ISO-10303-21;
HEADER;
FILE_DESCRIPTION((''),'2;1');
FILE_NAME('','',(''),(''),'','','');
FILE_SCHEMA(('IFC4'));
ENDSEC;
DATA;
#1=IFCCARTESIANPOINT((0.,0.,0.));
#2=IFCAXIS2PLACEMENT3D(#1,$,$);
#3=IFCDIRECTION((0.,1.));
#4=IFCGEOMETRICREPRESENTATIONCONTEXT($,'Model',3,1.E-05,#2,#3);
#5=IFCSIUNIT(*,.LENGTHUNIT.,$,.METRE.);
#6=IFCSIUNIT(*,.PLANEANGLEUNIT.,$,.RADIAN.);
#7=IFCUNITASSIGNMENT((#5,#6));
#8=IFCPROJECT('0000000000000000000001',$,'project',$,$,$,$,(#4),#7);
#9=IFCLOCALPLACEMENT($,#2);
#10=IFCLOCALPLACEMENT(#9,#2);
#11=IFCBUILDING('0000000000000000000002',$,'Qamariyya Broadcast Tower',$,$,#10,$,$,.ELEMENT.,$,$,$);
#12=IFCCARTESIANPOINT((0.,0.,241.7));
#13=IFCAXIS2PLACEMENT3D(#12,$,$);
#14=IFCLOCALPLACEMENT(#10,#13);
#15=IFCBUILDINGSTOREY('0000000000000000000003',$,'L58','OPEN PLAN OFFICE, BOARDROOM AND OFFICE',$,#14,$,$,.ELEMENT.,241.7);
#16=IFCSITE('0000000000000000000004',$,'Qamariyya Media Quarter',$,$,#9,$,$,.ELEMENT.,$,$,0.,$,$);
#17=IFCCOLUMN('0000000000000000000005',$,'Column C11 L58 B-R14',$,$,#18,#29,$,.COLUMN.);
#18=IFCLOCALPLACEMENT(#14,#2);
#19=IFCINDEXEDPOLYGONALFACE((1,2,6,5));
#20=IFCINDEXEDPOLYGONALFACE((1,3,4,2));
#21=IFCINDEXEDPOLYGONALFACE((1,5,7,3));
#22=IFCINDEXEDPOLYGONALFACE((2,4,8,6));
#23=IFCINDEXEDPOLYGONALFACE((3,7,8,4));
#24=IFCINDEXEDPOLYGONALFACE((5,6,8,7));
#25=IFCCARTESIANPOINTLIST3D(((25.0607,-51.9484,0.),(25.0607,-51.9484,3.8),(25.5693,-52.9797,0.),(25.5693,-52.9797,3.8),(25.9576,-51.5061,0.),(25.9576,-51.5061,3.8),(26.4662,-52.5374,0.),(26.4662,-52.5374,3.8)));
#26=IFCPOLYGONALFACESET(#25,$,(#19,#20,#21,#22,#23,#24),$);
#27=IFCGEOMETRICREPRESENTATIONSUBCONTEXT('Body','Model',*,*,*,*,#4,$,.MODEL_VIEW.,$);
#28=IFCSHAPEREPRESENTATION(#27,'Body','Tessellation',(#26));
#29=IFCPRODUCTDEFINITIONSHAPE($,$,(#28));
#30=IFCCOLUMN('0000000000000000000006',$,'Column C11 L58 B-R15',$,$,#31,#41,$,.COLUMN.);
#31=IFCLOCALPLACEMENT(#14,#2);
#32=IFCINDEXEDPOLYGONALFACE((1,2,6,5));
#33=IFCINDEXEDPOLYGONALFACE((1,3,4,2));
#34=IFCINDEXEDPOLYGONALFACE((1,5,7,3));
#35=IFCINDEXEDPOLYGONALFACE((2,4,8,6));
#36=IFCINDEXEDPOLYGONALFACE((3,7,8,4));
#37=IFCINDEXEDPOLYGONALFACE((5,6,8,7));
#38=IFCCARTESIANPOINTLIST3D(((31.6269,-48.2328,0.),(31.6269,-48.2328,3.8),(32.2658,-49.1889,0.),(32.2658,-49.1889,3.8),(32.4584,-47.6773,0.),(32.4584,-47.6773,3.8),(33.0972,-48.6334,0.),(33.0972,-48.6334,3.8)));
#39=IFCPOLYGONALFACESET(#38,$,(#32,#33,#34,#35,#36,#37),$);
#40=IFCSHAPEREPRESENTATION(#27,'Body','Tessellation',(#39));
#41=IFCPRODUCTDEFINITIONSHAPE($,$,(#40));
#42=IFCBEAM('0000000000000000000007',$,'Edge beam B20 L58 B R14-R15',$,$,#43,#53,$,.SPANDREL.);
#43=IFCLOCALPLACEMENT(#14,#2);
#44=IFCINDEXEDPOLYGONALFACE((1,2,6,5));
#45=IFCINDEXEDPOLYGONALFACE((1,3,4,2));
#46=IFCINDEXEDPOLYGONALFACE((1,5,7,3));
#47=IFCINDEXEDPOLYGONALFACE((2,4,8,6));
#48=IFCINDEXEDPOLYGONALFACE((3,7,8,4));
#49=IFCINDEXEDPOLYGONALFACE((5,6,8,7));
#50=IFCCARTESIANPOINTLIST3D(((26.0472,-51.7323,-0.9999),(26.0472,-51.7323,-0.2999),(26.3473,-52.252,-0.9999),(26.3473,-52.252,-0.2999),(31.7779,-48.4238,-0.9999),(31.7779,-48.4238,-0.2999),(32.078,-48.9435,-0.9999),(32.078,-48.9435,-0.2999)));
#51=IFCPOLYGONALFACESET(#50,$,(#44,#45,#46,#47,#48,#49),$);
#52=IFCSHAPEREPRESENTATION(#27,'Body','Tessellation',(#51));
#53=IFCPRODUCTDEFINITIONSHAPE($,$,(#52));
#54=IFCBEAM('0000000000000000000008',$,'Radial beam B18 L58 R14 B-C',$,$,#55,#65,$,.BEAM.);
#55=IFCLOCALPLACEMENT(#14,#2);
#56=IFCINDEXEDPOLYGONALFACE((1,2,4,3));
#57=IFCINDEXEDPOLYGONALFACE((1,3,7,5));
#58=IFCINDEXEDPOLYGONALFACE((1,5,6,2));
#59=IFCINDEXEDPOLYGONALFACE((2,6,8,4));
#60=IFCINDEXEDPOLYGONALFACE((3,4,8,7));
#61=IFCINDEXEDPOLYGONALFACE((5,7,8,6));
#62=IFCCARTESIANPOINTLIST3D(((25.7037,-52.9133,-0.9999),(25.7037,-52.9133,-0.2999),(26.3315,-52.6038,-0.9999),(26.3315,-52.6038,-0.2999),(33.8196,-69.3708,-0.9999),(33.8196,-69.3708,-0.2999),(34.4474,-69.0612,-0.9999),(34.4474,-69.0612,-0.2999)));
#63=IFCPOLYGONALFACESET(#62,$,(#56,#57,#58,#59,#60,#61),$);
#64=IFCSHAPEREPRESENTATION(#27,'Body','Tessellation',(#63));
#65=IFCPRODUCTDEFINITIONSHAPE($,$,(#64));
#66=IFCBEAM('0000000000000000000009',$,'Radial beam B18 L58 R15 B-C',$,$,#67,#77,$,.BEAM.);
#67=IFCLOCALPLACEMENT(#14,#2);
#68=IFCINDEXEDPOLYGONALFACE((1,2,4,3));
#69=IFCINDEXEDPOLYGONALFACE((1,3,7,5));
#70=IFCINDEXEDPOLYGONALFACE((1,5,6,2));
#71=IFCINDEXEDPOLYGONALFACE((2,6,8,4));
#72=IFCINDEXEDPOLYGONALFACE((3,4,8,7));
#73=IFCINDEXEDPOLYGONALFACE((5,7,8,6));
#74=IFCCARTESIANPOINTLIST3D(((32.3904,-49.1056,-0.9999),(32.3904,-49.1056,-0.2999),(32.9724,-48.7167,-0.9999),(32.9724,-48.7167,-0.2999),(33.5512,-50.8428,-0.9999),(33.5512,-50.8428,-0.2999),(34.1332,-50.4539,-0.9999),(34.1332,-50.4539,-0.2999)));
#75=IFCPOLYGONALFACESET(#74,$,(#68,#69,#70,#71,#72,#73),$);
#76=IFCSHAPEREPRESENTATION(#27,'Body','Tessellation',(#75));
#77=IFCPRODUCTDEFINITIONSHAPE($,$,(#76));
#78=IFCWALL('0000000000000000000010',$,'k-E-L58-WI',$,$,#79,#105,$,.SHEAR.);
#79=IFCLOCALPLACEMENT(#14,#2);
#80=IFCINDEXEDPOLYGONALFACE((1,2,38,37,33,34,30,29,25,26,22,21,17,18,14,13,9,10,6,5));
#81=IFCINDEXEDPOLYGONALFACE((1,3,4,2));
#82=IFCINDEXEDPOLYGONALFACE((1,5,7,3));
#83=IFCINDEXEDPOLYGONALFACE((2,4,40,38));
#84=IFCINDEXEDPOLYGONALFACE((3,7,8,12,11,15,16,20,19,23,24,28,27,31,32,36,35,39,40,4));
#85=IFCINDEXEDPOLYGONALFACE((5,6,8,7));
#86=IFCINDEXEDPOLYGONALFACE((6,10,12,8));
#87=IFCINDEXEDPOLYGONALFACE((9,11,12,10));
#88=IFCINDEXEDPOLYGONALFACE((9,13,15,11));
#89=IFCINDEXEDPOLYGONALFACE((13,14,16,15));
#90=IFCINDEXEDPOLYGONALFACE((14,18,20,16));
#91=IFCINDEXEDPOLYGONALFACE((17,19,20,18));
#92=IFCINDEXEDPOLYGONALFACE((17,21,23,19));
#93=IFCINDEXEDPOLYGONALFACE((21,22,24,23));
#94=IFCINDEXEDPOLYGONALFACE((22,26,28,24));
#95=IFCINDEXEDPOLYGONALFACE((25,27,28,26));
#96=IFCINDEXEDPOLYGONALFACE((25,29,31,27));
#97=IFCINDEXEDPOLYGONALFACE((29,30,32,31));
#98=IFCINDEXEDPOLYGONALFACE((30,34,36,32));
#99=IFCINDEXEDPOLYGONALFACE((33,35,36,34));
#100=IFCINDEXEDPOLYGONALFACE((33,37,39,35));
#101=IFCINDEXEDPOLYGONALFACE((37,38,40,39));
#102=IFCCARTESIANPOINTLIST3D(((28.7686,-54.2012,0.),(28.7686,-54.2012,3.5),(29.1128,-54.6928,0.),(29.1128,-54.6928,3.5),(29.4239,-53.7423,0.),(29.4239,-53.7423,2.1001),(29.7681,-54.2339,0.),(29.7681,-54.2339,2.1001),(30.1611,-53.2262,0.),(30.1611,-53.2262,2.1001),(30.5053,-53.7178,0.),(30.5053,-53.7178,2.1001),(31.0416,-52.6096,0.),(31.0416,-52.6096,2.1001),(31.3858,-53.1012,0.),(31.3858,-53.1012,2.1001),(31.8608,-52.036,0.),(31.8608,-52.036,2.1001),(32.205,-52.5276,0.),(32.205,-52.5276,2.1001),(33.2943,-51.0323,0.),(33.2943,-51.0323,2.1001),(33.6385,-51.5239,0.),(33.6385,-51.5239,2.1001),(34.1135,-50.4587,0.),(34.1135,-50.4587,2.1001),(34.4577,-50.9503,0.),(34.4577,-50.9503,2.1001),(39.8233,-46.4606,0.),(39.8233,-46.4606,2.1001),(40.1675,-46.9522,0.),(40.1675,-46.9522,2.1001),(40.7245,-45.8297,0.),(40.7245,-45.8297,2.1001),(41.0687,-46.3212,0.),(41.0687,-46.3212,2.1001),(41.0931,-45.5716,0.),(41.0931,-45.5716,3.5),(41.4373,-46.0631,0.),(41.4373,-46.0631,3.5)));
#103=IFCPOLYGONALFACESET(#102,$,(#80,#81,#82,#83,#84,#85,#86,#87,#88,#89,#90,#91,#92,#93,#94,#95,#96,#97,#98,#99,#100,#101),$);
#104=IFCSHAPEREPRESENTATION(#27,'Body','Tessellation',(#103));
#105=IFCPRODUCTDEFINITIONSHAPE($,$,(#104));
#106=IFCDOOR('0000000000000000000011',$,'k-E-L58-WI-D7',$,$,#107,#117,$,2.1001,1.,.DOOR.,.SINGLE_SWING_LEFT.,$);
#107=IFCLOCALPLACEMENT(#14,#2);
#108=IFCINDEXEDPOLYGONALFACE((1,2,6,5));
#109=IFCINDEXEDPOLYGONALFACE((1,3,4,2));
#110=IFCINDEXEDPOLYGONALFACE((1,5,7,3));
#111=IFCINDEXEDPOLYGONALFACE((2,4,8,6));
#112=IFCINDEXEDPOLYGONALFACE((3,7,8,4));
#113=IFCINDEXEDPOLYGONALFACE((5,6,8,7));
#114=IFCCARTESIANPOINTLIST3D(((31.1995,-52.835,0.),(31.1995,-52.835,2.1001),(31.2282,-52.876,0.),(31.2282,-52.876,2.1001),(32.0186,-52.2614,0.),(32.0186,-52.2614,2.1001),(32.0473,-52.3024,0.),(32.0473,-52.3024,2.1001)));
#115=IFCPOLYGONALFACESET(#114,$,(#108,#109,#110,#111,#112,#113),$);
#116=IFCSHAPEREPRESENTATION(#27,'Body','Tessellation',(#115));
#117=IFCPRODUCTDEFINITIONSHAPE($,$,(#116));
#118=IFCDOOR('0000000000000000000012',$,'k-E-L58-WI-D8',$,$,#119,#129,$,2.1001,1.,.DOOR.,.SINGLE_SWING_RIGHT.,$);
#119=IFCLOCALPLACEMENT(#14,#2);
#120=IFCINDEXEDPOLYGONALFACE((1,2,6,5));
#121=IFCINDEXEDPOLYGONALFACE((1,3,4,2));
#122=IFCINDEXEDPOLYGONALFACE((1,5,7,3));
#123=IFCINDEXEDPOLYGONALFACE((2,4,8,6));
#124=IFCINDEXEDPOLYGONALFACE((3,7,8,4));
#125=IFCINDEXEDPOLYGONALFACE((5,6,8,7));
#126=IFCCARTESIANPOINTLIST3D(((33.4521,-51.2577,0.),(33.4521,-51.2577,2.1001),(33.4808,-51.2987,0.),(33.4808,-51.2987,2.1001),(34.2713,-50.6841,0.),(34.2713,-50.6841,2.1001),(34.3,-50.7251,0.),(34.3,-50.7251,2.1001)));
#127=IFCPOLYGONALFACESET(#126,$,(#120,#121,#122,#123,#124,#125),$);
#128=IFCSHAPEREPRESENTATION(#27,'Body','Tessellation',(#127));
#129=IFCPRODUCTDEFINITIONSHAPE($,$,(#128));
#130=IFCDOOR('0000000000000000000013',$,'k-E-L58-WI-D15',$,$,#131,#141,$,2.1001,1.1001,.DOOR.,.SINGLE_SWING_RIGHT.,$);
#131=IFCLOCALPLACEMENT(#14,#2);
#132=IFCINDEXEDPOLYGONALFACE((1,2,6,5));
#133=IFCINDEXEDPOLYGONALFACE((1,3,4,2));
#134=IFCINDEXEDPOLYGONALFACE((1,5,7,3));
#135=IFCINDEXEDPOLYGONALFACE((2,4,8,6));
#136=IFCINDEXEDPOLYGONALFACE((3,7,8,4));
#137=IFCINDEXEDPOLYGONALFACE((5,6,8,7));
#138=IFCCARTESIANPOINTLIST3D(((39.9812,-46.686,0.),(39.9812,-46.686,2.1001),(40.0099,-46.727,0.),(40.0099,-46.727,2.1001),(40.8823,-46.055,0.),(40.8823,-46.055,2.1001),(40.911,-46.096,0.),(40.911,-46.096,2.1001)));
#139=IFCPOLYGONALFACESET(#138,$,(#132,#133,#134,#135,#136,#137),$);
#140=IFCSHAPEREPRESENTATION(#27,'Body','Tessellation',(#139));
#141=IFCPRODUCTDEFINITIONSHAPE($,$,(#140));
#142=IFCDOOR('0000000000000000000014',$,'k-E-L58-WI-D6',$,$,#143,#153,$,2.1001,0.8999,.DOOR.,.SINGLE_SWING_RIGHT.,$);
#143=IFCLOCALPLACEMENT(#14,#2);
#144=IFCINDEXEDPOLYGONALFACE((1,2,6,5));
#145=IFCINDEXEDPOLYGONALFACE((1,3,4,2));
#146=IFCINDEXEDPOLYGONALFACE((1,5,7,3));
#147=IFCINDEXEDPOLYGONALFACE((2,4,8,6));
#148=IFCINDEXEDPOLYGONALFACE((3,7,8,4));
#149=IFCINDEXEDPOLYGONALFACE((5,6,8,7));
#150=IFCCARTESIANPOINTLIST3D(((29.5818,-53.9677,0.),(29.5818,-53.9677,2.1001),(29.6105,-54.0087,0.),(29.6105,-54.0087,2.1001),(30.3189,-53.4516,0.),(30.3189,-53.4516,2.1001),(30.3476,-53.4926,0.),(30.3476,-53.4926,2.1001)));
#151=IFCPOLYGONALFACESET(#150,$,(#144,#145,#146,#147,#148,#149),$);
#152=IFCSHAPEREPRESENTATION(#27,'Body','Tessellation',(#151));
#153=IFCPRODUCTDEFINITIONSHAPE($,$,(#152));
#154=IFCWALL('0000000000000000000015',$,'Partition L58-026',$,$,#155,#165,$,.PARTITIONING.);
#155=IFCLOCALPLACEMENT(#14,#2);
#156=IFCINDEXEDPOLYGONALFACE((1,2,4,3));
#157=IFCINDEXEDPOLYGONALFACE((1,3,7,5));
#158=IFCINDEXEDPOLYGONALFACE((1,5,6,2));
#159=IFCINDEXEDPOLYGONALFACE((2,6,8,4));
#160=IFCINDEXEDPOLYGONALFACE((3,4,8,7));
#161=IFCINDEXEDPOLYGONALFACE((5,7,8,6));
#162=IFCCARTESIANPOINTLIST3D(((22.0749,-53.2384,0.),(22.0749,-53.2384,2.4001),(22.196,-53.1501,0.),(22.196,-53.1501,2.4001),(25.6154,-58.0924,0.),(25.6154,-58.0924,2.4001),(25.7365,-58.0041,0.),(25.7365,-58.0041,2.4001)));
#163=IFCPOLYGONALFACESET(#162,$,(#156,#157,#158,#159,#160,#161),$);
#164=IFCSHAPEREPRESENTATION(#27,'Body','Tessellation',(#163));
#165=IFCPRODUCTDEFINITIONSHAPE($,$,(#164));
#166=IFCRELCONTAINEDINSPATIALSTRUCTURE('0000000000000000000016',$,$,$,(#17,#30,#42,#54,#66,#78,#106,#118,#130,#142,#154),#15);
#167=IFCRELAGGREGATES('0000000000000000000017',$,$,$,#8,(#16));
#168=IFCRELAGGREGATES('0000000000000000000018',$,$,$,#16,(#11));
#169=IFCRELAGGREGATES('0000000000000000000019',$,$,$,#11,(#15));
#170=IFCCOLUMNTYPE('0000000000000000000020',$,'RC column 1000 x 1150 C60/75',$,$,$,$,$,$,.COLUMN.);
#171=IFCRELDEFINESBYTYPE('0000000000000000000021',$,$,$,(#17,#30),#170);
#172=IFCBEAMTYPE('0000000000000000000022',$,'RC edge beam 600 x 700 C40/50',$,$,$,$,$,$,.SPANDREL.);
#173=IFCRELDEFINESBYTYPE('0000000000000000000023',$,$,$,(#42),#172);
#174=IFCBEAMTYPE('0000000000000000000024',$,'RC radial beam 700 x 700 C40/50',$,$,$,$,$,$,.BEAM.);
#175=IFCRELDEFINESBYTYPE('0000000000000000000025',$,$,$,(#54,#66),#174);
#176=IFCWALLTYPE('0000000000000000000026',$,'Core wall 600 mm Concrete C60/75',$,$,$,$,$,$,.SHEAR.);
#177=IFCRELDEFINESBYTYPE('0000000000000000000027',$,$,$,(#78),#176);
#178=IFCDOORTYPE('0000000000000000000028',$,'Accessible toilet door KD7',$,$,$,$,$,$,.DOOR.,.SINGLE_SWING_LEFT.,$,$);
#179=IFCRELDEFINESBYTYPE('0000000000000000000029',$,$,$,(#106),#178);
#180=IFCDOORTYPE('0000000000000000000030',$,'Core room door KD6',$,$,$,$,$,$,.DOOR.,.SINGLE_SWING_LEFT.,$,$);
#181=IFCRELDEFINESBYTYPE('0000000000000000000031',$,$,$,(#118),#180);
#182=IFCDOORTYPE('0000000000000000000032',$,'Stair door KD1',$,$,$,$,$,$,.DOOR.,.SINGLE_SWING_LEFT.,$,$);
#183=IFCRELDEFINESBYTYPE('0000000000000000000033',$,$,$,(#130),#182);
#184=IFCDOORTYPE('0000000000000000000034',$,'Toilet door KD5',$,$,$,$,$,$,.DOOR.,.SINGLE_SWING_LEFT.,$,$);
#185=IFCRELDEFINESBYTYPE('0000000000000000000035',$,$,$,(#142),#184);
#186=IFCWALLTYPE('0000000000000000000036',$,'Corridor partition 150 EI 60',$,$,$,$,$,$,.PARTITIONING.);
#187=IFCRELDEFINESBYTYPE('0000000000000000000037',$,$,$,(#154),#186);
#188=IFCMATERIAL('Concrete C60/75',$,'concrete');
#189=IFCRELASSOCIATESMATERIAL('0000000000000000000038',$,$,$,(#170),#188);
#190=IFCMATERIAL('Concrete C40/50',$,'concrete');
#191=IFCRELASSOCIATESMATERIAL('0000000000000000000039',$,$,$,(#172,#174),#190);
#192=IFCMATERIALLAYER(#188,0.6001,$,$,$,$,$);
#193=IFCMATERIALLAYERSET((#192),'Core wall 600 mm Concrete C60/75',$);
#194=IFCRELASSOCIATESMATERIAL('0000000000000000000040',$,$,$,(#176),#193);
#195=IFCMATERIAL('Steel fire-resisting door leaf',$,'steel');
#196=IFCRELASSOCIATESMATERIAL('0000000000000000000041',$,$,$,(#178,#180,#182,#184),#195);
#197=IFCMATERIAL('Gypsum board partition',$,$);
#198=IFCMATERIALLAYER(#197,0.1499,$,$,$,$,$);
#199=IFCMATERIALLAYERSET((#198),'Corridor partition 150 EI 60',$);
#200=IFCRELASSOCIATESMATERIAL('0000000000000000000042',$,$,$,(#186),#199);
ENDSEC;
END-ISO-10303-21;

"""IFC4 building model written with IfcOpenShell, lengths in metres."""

from ifc_helpers import new_model, si_unit, direction, frame, frame_2d, origin, origin_2d, place, context, subcontext, project, spatial, rectangle, extrude, material, layer, layer_set, material_profile, profile_set, type_object, element, fill, save


model = new_model("IFC4")

# Units and contexts
model_context = context("Model", 3, precision=1e-05, world=origin(), true_north=direction((0.0, 1.0)))
body_context = subcontext(model_context, "Body", "Model", "MODEL_VIEW")
ifc_project = project(units=[si_unit("LENGTHUNIT", "METRE"), si_unit("PLANEANGLEUNIT", "RADIAN")], contexts=[model_context])

# Site, building, storey
site_placement = place(None, origin())
site = spatial("IfcSite", under=ifc_project, at=site_placement, Name="Qamariyya Media Quarter", CompositionType="ELEMENT", RefElevation=0.0)
building_placement = place(site_placement, origin())
building = spatial("IfcBuilding", under=site, at=building_placement, Name="Qamariyya Broadcast Tower", CompositionType="ELEMENT")
storey_placement = place(building_placement, frame((0.0, 0.0, 241.7)))
storey = spatial("IfcBuildingStorey", under=building, at=storey_placement, Name="L58", Description="OPEN PLAN OFFICE, BOARDROOM AND OFFICE", CompositionType="ELEMENT", Elevation=241.7)

# Columns
ifc_material_1 = material(Name="Concrete C60/75", Category="concrete")
ifc_material_profile_1 = material_profile(ifc_material_1, rectangle(XDim=1.0, YDim=1.1499, at=origin_2d()))
ifc_profile_set_1 = profile_set([ifc_material_profile_1], Name="Concrete C60/75")
column_type = type_object("IfcColumnType", Name="RC column 1000 x 1150 C60/75", PredefinedType="COLUMN", material=ifc_profile_set_1)
for number, where, z_axis, x_axis, name in (
    (1, (25.7634, -52.2429, 0.0), (0.0, 0.0, 1.0), (0.896873, 0.442289, 0.0), "Column C11 L58 B-R14"),
    (2, (32.3621, -48.4331, 0.0), (0.0, 0.0, 1.0), (0.83147, 0.55557, 0.0), "Column C11 L58 B-R15"),
):
    element("IfcColumn", number, at=place(storey_placement, frame(where, z_axis=z_axis, x_axis=x_axis)), inside=storey, type_object=column_type, Name=name, PredefinedType="COLUMN", context=body_context, shape_type="SweptSolid", body=[
        extrude(rectangle(XDim=1.0, YDim=1.1499, at=origin_2d()), origin(), (0.0, 0.0, 1.0), 3.8),
    ])

# Beams
ifc_material_2 = material(Name="Concrete C40/50", Category="concrete")
ifc_material_profile_2 = material_profile(ifc_material_2, rectangle(XDim=0.6001, YDim=0.7, at=origin_2d()))
ifc_profile_set_2 = profile_set([ifc_material_profile_2], Name="Concrete C40/50")
beam_type_1 = type_object("IfcBeamType", Name="RC edge beam 600 x 700 C40/50", PredefinedType="SPANDREL", material=ifc_profile_set_2)
beam_1_placement = place(storey_placement, frame((26.1973, -51.9922, -0.6499), z_axis=(0.866028, 0.499996, 0.0), x_axis=(-0.499996, 0.866028, 0.0)))
element("IfcBeam", 3, at=beam_1_placement, inside=storey, type_object=beam_type_1, Name="Edge beam B20 L58 B R14-R15", PredefinedType="SPANDREL", context=body_context, shape_type="SweptSolid", body=[
    extrude(rectangle(XDim=0.6001, YDim=0.7, at=origin_2d()), origin(), (0.0, 0.0, 1.0), 6.6172),
])
ifc_material_profile_3 = material_profile(ifc_material_2, rectangle(XDim=0.7, YDim=0.7, at=origin_2d()))
ifc_profile_set_3 = profile_set([ifc_material_profile_3], Name="Concrete C40/50")
beam_type_2 = type_object("IfcBeamType", Name="RC radial beam 700 x 700 C40/50", PredefinedType="BEAM", material=ifc_profile_set_3)
beam_2_placement = place(storey_placement, frame((26.0176, -52.7585, -0.6499), z_axis=(0.442289, -0.896872, 0.0), x_axis=(0.896872, 0.442289, 0.0)))
element("IfcBeam", 4, at=beam_2_placement, inside=storey, type_object=beam_type_2, Name="Radial beam B18 L58 R14 B-C", PredefinedType="BEAM", context=body_context, shape_type="SweptSolid", body=[
    extrude(rectangle(XDim=0.7, YDim=0.7, at=origin_2d()), origin(), (0.0, 0.0, 1.0), 18.3499),
])
beam_3_placement = place(storey_placement, frame((32.6814, -48.9111, -0.6499), z_axis=(0.55559, -0.831457, 0.0), x_axis=(0.831457, 0.55559, 0.0)))
element("IfcBeam", 5, at=beam_3_placement, inside=storey, type_object=beam_type_2, Name="Radial beam B18 L58 R15 B-C", PredefinedType="BEAM", context=body_context, shape_type="SweptSolid", body=[
    extrude(rectangle(XDim=0.7, YDim=0.7, at=origin_2d()), origin(), (0.0, 0.0, 1.0), 2.0894),
])

# Wall, openings, doors
ifc_layer_1 = layer(ifc_material_1, 0.6001)
ifc_layer_set_1 = layer_set([ifc_layer_1], Name="Core wall 600 mm Concrete C60/75")
wall_type_1 = type_object("IfcWallType", Name="Core wall 600 mm Concrete C60/75", PredefinedType="SHEAR", material=ifc_layer_set_1)
wall_1_placement = place(storey_placement, frame((28.9407, -54.447, 0.0), z_axis=(0.0, 0.0, 1.0), x_axis=(0.819153, 0.573575, 0.0)))
wall_1 = element("IfcWall", 6, at=wall_1_placement, inside=storey, type_object=wall_type_1, Name="k-E-L58-WI", PredefinedType="SHEAR", context=body_context, shape_type="SweptSolid", body=[
    extrude(rectangle(XDim=15.0454, YDim=0.6001, at=frame_2d((7.5227, 0.0))), origin(), (0.0, 0.0, 1.0), 3.5),
])
opening_1_placement = place(wall_1_placement, frame((0.8, 0.0, 0.0)))
opening_1 = element("IfcOpeningElement", 7, at=opening_1_placement, cuts=wall_1, PredefinedType="OPENING", context=body_context, shape_type="SweptSolid", body=[
    extrude(rectangle(XDim=0.8999, YDim=2.1001, at=frame_2d((0.45, 1.05))), frame((0.0, 0.3101, 0.0), z_axis=(0.0, -1.0, 0.0), x_axis=(1.0, 0.0, 0.0)), (0.0, 0.0, 1.0), 0.6201),
])
opening_2_placement = place(wall_1_placement, frame((2.7749, 0.0, 0.0)))
opening_2 = element("IfcOpeningElement", 8, at=opening_2_placement, cuts=wall_1, PredefinedType="OPENING", context=body_context, shape_type="SweptSolid", body=[
    extrude(rectangle(XDim=1.0, YDim=2.1001, at=frame_2d((0.5, 1.05))), frame((0.0, 0.3101, 0.0), z_axis=(0.0, -1.0, 0.0), x_axis=(1.0, 0.0, 0.0)), (0.0, 0.0, 1.0), 0.6201),
])
opening_3_placement = place(wall_1_placement, frame((5.5249, 0.0, 0.0)))
opening_3 = element("IfcOpeningElement", 9, at=opening_3_placement, cuts=wall_1, PredefinedType="OPENING", context=body_context, shape_type="SweptSolid", body=[
    extrude(rectangle(XDim=1.0, YDim=2.1001, at=frame_2d((0.5, 1.05))), frame((0.0, 0.3101, 0.0), z_axis=(0.0, -1.0, 0.0), x_axis=(1.0, 0.0, 0.0)), (0.0, 0.0, 1.0), 0.6201),
])
opening_4_placement = place(wall_1_placement, frame((13.4954, 0.0, 0.0)))
opening_4 = element("IfcOpeningElement", 10, at=opening_4_placement, cuts=wall_1, PredefinedType="OPENING", context=body_context, shape_type="SweptSolid", body=[
    extrude(rectangle(XDim=1.1001, YDim=2.1001, at=frame_2d((0.55, 1.05))), frame((0.0, 0.3101, 0.0), z_axis=(0.0, -1.0, 0.0), x_axis=(1.0, 0.0, 0.0)), (0.0, 0.0, 1.0), 0.6201),
])
ifc_material_3 = material(Name="Steel fire-resisting door leaf", Category="steel")
door_type_1 = type_object("IfcDoorType", Name="Accessible toilet door KD7", OperationType="SINGLE_SWING_LEFT", PredefinedType="DOOR", material=ifc_material_3)
door_1_placement = place(opening_2_placement, origin())
door_1 = element("IfcDoor", 11, at=door_1_placement, inside=storey, type_object=door_type_1, Name="k-E-L58-WI-D7", OperationType="SINGLE_SWING_LEFT", OverallHeight=2.1001, OverallWidth=1.0, PredefinedType="DOOR", context=body_context, shape_type="SweptSolid", body=[
    extrude(rectangle(XDim=1.0, YDim=2.1001, at=frame_2d((0.5, 1.05))), frame((0.0, 0.0249, 0.0), z_axis=(0.0, -1.0, 0.0), x_axis=(1.0, 0.0, 0.0)), (0.0, 0.0, 1.0), 0.05),
])
fill(opening_2, door_1)
door_type_2 = type_object("IfcDoorType", Name="Core room door KD6", OperationType="SINGLE_SWING_LEFT", PredefinedType="DOOR", material=ifc_material_3)
door_2_placement = place(opening_3_placement, origin())
door_2 = element("IfcDoor", 12, at=door_2_placement, inside=storey, type_object=door_type_2, Name="k-E-L58-WI-D8", OperationType="SINGLE_SWING_RIGHT", OverallHeight=2.1001, OverallWidth=1.0, PredefinedType="DOOR", context=body_context, shape_type="SweptSolid", body=[
    extrude(rectangle(XDim=1.0, YDim=2.1001, at=frame_2d((0.5, 1.05))), frame((0.0, 0.0249, 0.0), z_axis=(0.0, -1.0, 0.0), x_axis=(1.0, 0.0, 0.0)), (0.0, 0.0, 1.0), 0.05),
])
fill(opening_3, door_2)
door_type_3 = type_object("IfcDoorType", Name="Stair door KD1", OperationType="SINGLE_SWING_LEFT", PredefinedType="DOOR", material=ifc_material_3)
door_3_placement = place(opening_4_placement, origin())
door_3 = element("IfcDoor", 13, at=door_3_placement, inside=storey, type_object=door_type_3, Name="k-E-L58-WI-D15", OperationType="SINGLE_SWING_RIGHT", OverallHeight=2.1001, OverallWidth=1.1001, PredefinedType="DOOR", context=body_context, shape_type="SweptSolid", body=[
    extrude(rectangle(XDim=1.1001, YDim=2.1001, at=frame_2d((0.55, 1.05))), frame((0.0, 0.0249, 0.0), z_axis=(0.0, -1.0, 0.0), x_axis=(1.0, 0.0, 0.0)), (0.0, 0.0, 1.0), 0.05),
])
fill(opening_4, door_3)
door_type_4 = type_object("IfcDoorType", Name="Toilet door KD5", OperationType="SINGLE_SWING_LEFT", PredefinedType="DOOR", material=ifc_material_3)
door_4_placement = place(opening_1_placement, origin())
door_4 = element("IfcDoor", 14, at=door_4_placement, inside=storey, type_object=door_type_4, Name="k-E-L58-WI-D6", OperationType="SINGLE_SWING_RIGHT", OverallHeight=2.1001, OverallWidth=0.8999, PredefinedType="DOOR", context=body_context, shape_type="SweptSolid", body=[
    extrude(rectangle(XDim=0.8999, YDim=2.1001, at=frame_2d((0.45, 1.05))), frame((0.0, 0.0249, 0.0), z_axis=(0.0, -1.0, 0.0), x_axis=(1.0, 0.0, 0.0)), (0.0, 0.0, 1.0), 0.05),
])
fill(opening_1, door_4)

# Wall
ifc_material_4 = material(Name="Gypsum board partition")
ifc_layer_2 = layer(ifc_material_4, 0.1499)
ifc_layer_set_2 = layer_set([ifc_layer_2], Name="Corridor partition 150 EI 60")
wall_type_2 = type_object("IfcWallType", Name="Corridor partition 150 EI 60", PredefinedType="PARTITIONING", material=ifc_layer_set_2)
wall_2_placement = place(storey_placement, frame((22.1355, -53.1943, 0.0), z_axis=(0.0, 0.0, 1.0), x_axis=(0.589297, -0.807916, 0.0)))
element("IfcWall", 15, at=wall_2_placement, inside=storey, type_object=wall_type_2, Name="Partition L58-026", PredefinedType="PARTITIONING", context=body_context, shape_type="SweptSolid", body=[
    extrude(rectangle(XDim=6.0081, YDim=0.1499, at=frame_2d((3.0039, 0.0))), origin(), (0.0, 0.0, 1.0), 2.4001),
])

save(model, "model.ifc")
